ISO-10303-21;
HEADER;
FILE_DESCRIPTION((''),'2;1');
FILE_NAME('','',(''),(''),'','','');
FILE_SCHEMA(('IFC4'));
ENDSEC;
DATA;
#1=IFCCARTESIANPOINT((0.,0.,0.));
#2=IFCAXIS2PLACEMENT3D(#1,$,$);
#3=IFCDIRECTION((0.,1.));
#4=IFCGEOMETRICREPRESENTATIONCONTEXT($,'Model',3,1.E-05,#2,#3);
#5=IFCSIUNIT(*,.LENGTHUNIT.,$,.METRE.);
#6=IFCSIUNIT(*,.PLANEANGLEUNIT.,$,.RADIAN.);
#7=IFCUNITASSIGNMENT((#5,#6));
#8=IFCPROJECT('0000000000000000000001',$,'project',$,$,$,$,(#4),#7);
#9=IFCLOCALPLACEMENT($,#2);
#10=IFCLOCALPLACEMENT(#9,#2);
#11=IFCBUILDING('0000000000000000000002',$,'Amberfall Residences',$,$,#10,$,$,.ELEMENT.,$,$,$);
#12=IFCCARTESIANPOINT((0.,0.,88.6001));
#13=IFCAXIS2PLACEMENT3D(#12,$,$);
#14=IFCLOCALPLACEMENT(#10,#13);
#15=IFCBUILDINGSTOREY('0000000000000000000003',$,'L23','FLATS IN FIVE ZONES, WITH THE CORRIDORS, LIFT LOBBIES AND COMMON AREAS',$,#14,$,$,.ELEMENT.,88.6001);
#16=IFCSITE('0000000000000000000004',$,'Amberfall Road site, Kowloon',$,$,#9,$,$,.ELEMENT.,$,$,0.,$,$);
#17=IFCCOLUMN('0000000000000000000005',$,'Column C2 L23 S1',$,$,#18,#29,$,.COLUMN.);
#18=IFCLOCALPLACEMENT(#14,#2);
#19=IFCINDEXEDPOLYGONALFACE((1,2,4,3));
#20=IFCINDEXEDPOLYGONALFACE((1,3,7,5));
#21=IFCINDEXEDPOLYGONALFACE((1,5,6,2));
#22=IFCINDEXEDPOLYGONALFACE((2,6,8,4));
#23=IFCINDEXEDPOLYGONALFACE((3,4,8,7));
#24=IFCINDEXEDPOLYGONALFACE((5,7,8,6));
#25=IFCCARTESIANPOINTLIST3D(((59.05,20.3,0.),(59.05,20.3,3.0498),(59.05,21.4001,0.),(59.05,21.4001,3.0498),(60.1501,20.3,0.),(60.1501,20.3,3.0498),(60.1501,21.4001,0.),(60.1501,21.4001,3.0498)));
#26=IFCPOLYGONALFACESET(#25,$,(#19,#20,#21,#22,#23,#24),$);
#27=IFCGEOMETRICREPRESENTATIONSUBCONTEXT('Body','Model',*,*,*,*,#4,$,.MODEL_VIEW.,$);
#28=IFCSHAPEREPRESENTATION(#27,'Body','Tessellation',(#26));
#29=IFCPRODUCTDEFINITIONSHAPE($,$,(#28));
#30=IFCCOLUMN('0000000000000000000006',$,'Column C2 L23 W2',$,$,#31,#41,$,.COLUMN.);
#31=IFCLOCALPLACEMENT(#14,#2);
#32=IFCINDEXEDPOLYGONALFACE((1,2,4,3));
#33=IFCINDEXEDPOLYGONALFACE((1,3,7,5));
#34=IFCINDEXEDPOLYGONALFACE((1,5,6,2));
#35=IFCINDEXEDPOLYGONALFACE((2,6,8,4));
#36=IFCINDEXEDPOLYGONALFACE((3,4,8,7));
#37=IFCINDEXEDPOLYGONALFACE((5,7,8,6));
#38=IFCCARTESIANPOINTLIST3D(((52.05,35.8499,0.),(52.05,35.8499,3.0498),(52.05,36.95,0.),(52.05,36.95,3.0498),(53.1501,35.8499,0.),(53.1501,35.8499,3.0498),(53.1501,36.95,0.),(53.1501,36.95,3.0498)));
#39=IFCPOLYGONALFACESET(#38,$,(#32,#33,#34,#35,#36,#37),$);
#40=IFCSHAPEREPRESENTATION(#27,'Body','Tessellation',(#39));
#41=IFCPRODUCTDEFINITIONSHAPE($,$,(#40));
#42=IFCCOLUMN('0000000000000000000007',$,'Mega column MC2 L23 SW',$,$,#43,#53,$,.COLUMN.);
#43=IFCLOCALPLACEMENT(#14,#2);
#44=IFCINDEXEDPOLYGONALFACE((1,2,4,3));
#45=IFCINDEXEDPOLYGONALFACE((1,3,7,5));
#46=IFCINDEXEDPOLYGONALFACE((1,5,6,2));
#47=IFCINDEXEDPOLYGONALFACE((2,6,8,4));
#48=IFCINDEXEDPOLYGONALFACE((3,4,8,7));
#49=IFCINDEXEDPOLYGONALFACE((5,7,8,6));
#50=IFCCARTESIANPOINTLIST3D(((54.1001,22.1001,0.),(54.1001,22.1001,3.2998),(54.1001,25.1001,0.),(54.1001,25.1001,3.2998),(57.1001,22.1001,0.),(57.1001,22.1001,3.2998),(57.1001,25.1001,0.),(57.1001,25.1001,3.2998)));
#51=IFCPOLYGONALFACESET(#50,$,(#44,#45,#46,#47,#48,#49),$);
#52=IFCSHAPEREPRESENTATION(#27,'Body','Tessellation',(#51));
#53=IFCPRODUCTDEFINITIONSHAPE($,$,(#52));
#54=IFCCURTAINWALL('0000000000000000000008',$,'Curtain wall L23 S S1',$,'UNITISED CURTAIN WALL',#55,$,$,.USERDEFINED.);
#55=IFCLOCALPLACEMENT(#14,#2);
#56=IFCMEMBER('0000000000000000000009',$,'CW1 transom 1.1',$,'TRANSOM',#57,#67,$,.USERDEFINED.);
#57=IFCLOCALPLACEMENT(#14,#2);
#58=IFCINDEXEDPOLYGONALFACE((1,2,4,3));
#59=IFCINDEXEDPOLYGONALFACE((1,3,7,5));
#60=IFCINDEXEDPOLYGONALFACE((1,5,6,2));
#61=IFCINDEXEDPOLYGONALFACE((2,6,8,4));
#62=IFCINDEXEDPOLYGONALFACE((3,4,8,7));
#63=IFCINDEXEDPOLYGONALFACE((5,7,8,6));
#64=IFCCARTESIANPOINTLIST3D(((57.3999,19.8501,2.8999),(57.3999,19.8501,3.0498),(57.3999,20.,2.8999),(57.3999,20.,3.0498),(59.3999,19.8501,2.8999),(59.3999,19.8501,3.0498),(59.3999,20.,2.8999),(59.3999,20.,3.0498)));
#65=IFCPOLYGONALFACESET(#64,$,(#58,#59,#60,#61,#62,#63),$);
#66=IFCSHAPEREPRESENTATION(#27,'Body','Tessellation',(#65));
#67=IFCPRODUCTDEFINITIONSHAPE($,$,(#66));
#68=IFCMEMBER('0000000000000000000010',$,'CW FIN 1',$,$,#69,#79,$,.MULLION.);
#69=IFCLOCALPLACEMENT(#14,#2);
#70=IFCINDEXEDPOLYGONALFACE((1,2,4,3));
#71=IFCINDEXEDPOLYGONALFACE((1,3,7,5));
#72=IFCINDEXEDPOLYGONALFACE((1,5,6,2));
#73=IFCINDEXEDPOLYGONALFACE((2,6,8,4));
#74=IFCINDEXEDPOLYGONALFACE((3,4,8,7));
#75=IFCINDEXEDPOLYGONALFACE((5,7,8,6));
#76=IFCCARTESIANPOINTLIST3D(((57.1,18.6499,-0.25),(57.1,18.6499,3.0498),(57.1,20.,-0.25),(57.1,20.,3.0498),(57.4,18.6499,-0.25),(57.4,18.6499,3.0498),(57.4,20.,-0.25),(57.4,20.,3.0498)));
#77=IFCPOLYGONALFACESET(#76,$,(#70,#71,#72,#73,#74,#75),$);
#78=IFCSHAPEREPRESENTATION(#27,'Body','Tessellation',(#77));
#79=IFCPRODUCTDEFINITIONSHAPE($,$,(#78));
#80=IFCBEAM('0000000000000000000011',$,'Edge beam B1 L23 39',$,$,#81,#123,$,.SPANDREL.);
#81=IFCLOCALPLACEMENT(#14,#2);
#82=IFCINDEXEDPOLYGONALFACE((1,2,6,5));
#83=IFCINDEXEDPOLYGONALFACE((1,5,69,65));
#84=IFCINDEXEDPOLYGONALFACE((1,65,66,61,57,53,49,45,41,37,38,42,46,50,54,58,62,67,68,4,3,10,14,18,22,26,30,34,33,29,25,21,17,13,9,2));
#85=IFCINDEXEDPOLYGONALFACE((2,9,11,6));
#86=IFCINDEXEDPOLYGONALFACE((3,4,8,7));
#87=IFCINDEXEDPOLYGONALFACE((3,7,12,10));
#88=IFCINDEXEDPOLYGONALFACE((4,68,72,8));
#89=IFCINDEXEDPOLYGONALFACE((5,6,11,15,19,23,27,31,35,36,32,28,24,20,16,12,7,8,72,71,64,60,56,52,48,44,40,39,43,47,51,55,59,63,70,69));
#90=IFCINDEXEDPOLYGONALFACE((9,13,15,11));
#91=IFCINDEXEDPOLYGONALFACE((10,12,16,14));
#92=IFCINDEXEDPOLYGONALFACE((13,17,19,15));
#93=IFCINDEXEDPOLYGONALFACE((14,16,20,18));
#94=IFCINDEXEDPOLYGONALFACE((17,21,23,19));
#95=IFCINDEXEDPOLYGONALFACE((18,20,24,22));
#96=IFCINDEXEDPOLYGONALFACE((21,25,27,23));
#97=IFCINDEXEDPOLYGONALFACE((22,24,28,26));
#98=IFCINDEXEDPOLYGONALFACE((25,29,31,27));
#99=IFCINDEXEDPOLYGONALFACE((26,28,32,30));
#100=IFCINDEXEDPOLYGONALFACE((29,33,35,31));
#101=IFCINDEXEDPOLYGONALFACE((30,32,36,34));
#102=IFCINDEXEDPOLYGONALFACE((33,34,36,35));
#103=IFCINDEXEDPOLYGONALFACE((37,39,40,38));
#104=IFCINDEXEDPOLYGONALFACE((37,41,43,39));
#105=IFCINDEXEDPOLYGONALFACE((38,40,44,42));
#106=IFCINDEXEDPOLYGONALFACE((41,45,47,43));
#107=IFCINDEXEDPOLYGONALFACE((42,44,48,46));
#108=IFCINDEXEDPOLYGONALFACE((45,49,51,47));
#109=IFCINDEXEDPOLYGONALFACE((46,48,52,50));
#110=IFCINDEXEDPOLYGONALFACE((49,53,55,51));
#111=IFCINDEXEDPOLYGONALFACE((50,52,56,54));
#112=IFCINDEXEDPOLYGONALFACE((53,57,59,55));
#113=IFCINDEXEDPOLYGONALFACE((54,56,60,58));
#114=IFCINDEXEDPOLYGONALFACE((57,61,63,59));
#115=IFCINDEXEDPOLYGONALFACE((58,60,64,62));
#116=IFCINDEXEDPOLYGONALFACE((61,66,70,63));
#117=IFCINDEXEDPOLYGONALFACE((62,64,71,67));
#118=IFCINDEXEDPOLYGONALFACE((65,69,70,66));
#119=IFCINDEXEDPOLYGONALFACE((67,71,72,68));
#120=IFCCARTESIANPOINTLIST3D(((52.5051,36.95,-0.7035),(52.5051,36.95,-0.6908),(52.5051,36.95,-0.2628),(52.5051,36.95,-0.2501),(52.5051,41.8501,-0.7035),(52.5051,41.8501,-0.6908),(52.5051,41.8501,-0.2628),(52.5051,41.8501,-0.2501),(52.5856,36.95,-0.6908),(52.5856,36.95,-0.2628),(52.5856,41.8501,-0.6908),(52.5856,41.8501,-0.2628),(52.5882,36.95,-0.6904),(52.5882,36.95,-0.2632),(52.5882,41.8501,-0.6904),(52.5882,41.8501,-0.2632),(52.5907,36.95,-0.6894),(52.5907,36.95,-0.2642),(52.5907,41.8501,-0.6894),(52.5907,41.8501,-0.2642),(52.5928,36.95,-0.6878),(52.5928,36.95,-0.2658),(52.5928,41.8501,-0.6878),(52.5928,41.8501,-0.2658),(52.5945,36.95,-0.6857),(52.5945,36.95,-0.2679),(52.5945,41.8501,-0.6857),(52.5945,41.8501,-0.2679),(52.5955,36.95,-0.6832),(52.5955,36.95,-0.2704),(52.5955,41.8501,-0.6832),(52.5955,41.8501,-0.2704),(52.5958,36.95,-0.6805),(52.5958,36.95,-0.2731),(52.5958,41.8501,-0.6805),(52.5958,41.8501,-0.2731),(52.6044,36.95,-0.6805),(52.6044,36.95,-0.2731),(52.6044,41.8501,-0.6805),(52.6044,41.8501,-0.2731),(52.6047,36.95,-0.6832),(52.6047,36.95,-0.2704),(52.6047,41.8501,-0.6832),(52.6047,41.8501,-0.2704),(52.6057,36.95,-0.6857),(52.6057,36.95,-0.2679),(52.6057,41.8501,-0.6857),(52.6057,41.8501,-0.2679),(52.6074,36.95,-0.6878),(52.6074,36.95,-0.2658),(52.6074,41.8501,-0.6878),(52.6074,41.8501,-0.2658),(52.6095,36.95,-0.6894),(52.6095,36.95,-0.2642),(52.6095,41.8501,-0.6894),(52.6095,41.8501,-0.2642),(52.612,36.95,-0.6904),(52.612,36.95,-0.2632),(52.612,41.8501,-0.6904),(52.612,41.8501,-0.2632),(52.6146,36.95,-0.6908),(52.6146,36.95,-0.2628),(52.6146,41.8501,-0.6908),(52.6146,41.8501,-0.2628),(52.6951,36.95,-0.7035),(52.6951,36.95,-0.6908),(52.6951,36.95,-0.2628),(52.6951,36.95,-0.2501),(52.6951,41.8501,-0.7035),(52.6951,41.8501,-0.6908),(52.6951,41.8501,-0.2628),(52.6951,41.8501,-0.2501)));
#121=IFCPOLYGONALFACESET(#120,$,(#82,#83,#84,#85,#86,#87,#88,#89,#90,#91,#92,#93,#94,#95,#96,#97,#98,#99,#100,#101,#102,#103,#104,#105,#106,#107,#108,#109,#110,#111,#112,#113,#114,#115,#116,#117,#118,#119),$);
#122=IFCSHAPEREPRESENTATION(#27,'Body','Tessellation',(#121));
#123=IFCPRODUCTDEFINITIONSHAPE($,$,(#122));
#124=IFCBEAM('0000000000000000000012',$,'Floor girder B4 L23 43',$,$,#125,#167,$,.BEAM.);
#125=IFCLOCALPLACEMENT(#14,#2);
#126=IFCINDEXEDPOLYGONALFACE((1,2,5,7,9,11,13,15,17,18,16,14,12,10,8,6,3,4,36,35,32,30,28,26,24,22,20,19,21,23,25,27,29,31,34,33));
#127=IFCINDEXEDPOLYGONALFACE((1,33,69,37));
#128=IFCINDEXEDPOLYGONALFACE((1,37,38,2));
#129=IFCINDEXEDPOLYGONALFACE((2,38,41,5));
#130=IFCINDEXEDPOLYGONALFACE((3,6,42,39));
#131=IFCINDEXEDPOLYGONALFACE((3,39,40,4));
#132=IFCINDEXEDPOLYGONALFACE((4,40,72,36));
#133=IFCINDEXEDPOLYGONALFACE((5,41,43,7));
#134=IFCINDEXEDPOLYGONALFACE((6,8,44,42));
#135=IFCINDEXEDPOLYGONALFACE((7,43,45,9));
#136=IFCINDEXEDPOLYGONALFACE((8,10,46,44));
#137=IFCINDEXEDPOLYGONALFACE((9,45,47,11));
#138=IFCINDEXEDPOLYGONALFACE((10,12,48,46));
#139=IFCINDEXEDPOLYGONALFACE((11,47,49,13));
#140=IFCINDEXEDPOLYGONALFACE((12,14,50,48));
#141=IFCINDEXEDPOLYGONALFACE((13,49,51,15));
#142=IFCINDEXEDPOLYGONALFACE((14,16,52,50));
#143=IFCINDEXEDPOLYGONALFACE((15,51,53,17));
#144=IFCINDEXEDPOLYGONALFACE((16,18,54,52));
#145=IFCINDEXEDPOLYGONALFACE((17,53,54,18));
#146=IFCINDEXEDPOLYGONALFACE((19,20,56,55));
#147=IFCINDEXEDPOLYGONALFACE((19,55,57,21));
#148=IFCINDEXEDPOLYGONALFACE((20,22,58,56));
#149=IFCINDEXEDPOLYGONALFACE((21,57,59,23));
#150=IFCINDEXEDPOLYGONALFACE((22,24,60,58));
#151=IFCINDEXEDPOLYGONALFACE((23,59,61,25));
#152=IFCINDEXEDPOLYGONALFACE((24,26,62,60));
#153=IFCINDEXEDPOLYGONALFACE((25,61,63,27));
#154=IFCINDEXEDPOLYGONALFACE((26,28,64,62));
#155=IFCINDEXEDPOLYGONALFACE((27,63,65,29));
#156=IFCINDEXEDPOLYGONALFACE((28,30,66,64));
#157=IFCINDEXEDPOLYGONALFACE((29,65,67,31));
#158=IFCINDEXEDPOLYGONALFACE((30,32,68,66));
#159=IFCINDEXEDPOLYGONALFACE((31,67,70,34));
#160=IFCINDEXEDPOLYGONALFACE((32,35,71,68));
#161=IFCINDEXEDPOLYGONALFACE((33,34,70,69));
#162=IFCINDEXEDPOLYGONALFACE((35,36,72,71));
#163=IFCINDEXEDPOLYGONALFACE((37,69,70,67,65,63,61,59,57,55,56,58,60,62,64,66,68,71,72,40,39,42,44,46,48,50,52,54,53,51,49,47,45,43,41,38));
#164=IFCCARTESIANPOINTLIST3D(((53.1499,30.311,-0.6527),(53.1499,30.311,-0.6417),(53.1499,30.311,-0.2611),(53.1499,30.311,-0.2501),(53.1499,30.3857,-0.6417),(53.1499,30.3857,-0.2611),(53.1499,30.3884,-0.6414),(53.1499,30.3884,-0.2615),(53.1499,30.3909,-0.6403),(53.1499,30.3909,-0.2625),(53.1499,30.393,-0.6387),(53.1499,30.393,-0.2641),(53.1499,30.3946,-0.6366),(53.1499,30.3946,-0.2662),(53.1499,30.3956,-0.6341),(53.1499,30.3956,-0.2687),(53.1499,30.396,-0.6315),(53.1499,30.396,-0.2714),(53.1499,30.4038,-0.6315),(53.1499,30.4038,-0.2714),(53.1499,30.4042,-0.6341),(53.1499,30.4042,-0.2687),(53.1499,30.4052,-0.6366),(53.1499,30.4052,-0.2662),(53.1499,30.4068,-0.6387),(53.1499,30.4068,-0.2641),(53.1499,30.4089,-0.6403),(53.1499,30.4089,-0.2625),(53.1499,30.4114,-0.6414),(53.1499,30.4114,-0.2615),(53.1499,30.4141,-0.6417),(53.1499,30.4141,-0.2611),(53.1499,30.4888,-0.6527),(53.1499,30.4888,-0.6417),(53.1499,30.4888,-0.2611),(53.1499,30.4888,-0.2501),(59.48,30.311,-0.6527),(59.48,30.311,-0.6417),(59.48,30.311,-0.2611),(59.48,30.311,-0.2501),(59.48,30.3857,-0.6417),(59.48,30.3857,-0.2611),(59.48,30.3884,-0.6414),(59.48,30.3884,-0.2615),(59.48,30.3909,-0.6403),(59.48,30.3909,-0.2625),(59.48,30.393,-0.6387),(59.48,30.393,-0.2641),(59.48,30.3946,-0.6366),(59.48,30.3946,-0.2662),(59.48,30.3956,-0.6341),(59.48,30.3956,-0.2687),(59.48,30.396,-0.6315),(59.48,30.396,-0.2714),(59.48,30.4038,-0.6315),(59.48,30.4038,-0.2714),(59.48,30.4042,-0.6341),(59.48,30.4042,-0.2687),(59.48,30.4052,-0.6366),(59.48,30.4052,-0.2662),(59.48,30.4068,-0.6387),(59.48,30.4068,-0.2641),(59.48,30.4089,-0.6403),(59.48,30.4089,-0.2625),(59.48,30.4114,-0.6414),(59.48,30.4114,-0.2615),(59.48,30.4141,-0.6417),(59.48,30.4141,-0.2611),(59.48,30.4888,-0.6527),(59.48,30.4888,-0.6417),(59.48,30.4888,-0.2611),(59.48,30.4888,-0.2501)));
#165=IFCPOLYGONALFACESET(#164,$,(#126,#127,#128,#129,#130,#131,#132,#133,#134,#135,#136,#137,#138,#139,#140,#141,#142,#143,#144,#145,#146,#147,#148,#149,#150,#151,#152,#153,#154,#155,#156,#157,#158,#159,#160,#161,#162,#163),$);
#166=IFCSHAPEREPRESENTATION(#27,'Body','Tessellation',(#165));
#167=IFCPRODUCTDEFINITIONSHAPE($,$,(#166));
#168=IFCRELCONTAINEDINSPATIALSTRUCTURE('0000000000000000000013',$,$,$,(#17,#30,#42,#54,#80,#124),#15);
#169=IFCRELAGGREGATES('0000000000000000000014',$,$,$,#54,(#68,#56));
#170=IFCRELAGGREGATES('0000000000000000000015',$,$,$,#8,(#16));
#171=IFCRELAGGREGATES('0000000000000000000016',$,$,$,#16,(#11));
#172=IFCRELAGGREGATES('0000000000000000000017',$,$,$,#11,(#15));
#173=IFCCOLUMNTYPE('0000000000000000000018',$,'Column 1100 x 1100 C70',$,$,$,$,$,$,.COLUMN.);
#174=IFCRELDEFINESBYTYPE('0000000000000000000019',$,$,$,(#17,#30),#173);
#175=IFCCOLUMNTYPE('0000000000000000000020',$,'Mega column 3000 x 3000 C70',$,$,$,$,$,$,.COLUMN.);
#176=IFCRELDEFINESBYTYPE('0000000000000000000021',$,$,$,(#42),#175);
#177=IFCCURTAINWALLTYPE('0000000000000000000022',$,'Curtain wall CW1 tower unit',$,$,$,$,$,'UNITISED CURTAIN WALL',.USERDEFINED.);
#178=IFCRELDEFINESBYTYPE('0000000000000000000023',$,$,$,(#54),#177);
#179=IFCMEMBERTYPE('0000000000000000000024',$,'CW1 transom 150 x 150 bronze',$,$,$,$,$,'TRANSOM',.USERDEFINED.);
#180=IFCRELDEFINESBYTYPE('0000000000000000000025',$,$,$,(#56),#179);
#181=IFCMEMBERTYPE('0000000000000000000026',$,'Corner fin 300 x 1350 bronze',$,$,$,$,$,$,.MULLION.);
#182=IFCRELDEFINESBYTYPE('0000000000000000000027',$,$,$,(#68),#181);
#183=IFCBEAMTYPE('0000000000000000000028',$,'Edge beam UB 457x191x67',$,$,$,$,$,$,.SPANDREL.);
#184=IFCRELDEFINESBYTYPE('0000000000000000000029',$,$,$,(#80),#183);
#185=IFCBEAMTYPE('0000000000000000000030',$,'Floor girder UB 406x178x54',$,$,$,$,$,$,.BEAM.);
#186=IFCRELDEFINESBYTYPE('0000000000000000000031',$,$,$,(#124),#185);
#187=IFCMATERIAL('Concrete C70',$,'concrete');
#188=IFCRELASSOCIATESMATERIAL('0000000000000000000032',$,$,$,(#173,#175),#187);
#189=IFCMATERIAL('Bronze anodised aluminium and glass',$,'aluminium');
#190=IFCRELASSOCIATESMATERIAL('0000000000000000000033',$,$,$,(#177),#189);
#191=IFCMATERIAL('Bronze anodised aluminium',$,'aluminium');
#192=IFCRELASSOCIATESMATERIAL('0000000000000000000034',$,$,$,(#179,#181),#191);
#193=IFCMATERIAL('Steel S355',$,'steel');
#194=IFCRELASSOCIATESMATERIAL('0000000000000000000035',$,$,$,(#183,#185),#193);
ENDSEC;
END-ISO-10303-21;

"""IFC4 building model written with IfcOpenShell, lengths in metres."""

from ifc_helpers import new_model, si_unit, direction, frame, origin, origin_2d, place, context, subcontext, project, spatial, rectangle, i_section, extrude, material, material_profile, profile_set, type_object, element, aggregate, save


model = new_model("IFC4")

# Units and contexts
model_context = context("Model", 3, precision=1e-05, world=origin(), true_north=direction((0.0, 1.0)))
body_context = subcontext(model_context, "Body", "Model", "MODEL_VIEW")
ifc_project = project(units=[si_unit("LENGTHUNIT", "METRE"), si_unit("PLANEANGLEUNIT", "RADIAN")], contexts=[model_context])

# Site, building, storey
site_placement = place(None, origin())
site = spatial("IfcSite", under=ifc_project, at=site_placement, Name="Amberfall Road site, Kowloon", CompositionType="ELEMENT", RefElevation=0.0)
building_placement = place(site_placement, origin())
building = spatial("IfcBuilding", under=site, at=building_placement, Name="Amberfall Residences", CompositionType="ELEMENT")
storey_placement = place(building_placement, frame((0.0, 0.0, 88.6001)))
storey = spatial("IfcBuildingStorey", under=building, at=storey_placement, Name="L23", Description="FLATS IN FIVE ZONES, WITH THE CORRIDORS, LIFT LOBBIES AND COMMON AREAS", CompositionType="ELEMENT", Elevation=88.6001)

# Columns
ifc_material_1 = material(Name="Concrete C70", Category="concrete")
ifc_material_profile_1 = material_profile(ifc_material_1, rectangle(XDim=1.1001, YDim=1.1001, at=origin_2d()), Name="Column 1100 x 1100 C70")
ifc_profile_set_1 = profile_set([ifc_material_profile_1], Name="Concrete C70")
column_type_1 = type_object("IfcColumnType", Name="Column 1100 x 1100 C70", PredefinedType="COLUMN", material=ifc_profile_set_1)
for number, where, z_axis, x_axis, name in (
    (1, (59.6001, 20.8501, 0.0), (0.0, 0.0, 1.0), (1.0, 0.0, 0.0), "Column C2 L23 S1"),
    (2, (52.6001, 36.3999, 0.0), (0.0, 0.0, 1.0), (1.0, 0.0, 0.0), "Column C2 L23 W2"),
):
    element("IfcColumn", number, at=place(storey_placement, frame(where, z_axis=z_axis, x_axis=x_axis)), inside=storey, type_object=column_type_1, Name=name, PredefinedType="COLUMN", context=body_context, shape_type="SweptSolid", body=[
        extrude(rectangle(XDim=1.1001, YDim=1.1001, at=origin_2d()), origin(), (0.0, 0.0, 1.0), 3.0498),
    ])
ifc_material_profile_2 = material_profile(ifc_material_1, rectangle(XDim=3.0, YDim=3.0, at=origin_2d()), Name="Mega column 3000 x 3000 C70")
ifc_profile_set_2 = profile_set([ifc_material_profile_2], Name="Concrete C70")
column_type_2 = type_object("IfcColumnType", Name="Mega column 3000 x 3000 C70", PredefinedType="COLUMN", material=ifc_profile_set_2)
column_placement = place(storey_placement, frame((55.6001, 23.6001, 0.0), z_axis=(0.0, 0.0, 1.0), x_axis=(1.0, 0.0, 0.0)))
element("IfcColumn", 3, at=column_placement, inside=storey, type_object=column_type_2, Name="Mega column MC2 L23 SW", PredefinedType="COLUMN", context=body_context, shape_type="SweptSolid", body=[
    extrude(rectangle(XDim=3.0, YDim=3.0, at=origin_2d()), origin(), (0.0, 0.0, 1.0), 3.2998),
])

# Curtain wall, members
ifc_material_2 = material(Name="Bronze anodised aluminium and glass", Category="aluminium")
curtain_wall_type = type_object("IfcCurtainWallType", Name="Curtain wall CW1 tower unit", ElementType="UNITISED CURTAIN WALL", PredefinedType="USERDEFINED", material=ifc_material_2)
curtain_wall_placement = place(storey_placement, origin())
curtain_wall = element("IfcCurtainWall", 4, at=curtain_wall_placement, inside=storey, type_object=curtain_wall_type, Name="Curtain wall L23 S S1", ObjectType="UNITISED CURTAIN WALL", PredefinedType="USERDEFINED")
ifc_material_3 = material(Name="Bronze anodised aluminium", Category="aluminium")
ifc_material_profile_3 = material_profile(ifc_material_3, rectangle(XDim=0.1499, YDim=0.1499, at=origin_2d()), Name="CW1 transom 150 x 150 bronze")
ifc_profile_set_3 = profile_set([ifc_material_profile_3], Name="Bronze anodised aluminium")
member_type_1 = type_object("IfcMemberType", Name="CW1 transom 150 x 150 bronze", ElementType="TRANSOM", PredefinedType="USERDEFINED", material=ifc_profile_set_3)
member_1_placement = place(storey_placement, frame((57.3999, 19.925, 2.9749), z_axis=(1.0, 0.0, 0.0), x_axis=(0.0, 1.0, 0.0)))
member_1 = element("IfcMember", 5, at=member_1_placement, type_object=member_type_1, Name="CW1 transom 1.1", ObjectType="TRANSOM", PredefinedType="USERDEFINED", context=body_context, shape_type="SweptSolid", body=[
    extrude(rectangle(XDim=0.1499, YDim=0.1499, at=origin_2d()), origin(), (0.0, 0.0, 1.0), 2.0),
])
ifc_material_profile_4 = material_profile(ifc_material_3, rectangle(XDim=1.3501, YDim=0.3, at=origin_2d()), Name="Corner fin 300 x 1350 bronze")
ifc_profile_set_4 = profile_set([ifc_material_profile_4], Name="Bronze anodised aluminium")
member_type_2 = type_object("IfcMemberType", Name="Corner fin 300 x 1350 bronze", PredefinedType="MULLION", material=ifc_profile_set_4)
member_2_placement = place(storey_placement, frame((57.25, 19.325, -0.25), z_axis=(0.0, 0.0, 1.0), x_axis=(0.0, 1.0, 0.0)))
member_2 = element("IfcMember", 6, at=member_2_placement, type_object=member_type_2, Name="CW FIN 1", PredefinedType="MULLION", context=body_context, shape_type="SweptSolid", body=[
    extrude(rectangle(XDim=1.3501, YDim=0.3, at=origin_2d()), origin(), (0.0, 0.0, 1.0), 3.2998),
])

# Beams
ifc_material_4 = material(Name="Steel S355", Category="steel")
ifc_material_profile_5 = material_profile(ifc_material_4, i_section(OverallWidth=0.1899, OverallDepth=0.4534, WebThickness=0.0085, FlangeThickness=0.0127, FilletRadius=0.0103, at=origin_2d()), Name="UB 457x191x67")
ifc_profile_set_5 = profile_set([ifc_material_profile_5], Name="Steel S355")
beam_type_1 = type_object("IfcBeamType", Name="Edge beam UB 457x191x67", PredefinedType="SPANDREL", material=ifc_profile_set_5)
beam_1_placement = place(storey_placement, frame((52.6001, 36.95, -0.4768), z_axis=(0.0, 1.0, 0.0), x_axis=(-1.0, 0.0, 0.0)))
element("IfcBeam", 7, at=beam_1_placement, inside=storey, type_object=beam_type_1, Name="Edge beam B1 L23 39", PredefinedType="SPANDREL", context=body_context, shape_type="SweptSolid", body=[
    extrude(i_section(OverallWidth=0.1899, OverallDepth=0.4534, WebThickness=0.0085, FlangeThickness=0.0127, FilletRadius=0.0103, at=origin_2d()), origin(), (0.0, 0.0, 1.0), 4.9001),
])
ifc_material_profile_6 = material_profile(ifc_material_4, i_section(OverallWidth=0.1777, OverallDepth=0.4026, WebThickness=0.0078, FlangeThickness=0.011, FilletRadius=0.0103, at=origin_2d()), Name="UB 406x178x54")
ifc_profile_set_6 = profile_set([ifc_material_profile_6], Name="Steel S355")
beam_type_2 = type_object("IfcBeamType", Name="Floor girder UB 406x178x54", PredefinedType="BEAM", material=ifc_profile_set_6)
beam_2_placement = place(storey_placement, frame((53.1499, 30.3999, -0.4514), z_axis=(1.0, 0.0, 0.0), x_axis=(0.0, 1.0, 0.0)))
element("IfcBeam", 8, at=beam_2_placement, inside=storey, type_object=beam_type_2, Name="Floor girder B4 L23 43", PredefinedType="BEAM", context=body_context, shape_type="SweptSolid", body=[
    extrude(i_section(OverallWidth=0.1777, OverallDepth=0.4026, WebThickness=0.0078, FlangeThickness=0.011, FilletRadius=0.0103, at=origin_2d()), origin(), (0.0, 0.0, 1.0), 6.3301),
])

aggregate(curtain_wall, [member_2, member_1])

save(model, "model.ifc")
